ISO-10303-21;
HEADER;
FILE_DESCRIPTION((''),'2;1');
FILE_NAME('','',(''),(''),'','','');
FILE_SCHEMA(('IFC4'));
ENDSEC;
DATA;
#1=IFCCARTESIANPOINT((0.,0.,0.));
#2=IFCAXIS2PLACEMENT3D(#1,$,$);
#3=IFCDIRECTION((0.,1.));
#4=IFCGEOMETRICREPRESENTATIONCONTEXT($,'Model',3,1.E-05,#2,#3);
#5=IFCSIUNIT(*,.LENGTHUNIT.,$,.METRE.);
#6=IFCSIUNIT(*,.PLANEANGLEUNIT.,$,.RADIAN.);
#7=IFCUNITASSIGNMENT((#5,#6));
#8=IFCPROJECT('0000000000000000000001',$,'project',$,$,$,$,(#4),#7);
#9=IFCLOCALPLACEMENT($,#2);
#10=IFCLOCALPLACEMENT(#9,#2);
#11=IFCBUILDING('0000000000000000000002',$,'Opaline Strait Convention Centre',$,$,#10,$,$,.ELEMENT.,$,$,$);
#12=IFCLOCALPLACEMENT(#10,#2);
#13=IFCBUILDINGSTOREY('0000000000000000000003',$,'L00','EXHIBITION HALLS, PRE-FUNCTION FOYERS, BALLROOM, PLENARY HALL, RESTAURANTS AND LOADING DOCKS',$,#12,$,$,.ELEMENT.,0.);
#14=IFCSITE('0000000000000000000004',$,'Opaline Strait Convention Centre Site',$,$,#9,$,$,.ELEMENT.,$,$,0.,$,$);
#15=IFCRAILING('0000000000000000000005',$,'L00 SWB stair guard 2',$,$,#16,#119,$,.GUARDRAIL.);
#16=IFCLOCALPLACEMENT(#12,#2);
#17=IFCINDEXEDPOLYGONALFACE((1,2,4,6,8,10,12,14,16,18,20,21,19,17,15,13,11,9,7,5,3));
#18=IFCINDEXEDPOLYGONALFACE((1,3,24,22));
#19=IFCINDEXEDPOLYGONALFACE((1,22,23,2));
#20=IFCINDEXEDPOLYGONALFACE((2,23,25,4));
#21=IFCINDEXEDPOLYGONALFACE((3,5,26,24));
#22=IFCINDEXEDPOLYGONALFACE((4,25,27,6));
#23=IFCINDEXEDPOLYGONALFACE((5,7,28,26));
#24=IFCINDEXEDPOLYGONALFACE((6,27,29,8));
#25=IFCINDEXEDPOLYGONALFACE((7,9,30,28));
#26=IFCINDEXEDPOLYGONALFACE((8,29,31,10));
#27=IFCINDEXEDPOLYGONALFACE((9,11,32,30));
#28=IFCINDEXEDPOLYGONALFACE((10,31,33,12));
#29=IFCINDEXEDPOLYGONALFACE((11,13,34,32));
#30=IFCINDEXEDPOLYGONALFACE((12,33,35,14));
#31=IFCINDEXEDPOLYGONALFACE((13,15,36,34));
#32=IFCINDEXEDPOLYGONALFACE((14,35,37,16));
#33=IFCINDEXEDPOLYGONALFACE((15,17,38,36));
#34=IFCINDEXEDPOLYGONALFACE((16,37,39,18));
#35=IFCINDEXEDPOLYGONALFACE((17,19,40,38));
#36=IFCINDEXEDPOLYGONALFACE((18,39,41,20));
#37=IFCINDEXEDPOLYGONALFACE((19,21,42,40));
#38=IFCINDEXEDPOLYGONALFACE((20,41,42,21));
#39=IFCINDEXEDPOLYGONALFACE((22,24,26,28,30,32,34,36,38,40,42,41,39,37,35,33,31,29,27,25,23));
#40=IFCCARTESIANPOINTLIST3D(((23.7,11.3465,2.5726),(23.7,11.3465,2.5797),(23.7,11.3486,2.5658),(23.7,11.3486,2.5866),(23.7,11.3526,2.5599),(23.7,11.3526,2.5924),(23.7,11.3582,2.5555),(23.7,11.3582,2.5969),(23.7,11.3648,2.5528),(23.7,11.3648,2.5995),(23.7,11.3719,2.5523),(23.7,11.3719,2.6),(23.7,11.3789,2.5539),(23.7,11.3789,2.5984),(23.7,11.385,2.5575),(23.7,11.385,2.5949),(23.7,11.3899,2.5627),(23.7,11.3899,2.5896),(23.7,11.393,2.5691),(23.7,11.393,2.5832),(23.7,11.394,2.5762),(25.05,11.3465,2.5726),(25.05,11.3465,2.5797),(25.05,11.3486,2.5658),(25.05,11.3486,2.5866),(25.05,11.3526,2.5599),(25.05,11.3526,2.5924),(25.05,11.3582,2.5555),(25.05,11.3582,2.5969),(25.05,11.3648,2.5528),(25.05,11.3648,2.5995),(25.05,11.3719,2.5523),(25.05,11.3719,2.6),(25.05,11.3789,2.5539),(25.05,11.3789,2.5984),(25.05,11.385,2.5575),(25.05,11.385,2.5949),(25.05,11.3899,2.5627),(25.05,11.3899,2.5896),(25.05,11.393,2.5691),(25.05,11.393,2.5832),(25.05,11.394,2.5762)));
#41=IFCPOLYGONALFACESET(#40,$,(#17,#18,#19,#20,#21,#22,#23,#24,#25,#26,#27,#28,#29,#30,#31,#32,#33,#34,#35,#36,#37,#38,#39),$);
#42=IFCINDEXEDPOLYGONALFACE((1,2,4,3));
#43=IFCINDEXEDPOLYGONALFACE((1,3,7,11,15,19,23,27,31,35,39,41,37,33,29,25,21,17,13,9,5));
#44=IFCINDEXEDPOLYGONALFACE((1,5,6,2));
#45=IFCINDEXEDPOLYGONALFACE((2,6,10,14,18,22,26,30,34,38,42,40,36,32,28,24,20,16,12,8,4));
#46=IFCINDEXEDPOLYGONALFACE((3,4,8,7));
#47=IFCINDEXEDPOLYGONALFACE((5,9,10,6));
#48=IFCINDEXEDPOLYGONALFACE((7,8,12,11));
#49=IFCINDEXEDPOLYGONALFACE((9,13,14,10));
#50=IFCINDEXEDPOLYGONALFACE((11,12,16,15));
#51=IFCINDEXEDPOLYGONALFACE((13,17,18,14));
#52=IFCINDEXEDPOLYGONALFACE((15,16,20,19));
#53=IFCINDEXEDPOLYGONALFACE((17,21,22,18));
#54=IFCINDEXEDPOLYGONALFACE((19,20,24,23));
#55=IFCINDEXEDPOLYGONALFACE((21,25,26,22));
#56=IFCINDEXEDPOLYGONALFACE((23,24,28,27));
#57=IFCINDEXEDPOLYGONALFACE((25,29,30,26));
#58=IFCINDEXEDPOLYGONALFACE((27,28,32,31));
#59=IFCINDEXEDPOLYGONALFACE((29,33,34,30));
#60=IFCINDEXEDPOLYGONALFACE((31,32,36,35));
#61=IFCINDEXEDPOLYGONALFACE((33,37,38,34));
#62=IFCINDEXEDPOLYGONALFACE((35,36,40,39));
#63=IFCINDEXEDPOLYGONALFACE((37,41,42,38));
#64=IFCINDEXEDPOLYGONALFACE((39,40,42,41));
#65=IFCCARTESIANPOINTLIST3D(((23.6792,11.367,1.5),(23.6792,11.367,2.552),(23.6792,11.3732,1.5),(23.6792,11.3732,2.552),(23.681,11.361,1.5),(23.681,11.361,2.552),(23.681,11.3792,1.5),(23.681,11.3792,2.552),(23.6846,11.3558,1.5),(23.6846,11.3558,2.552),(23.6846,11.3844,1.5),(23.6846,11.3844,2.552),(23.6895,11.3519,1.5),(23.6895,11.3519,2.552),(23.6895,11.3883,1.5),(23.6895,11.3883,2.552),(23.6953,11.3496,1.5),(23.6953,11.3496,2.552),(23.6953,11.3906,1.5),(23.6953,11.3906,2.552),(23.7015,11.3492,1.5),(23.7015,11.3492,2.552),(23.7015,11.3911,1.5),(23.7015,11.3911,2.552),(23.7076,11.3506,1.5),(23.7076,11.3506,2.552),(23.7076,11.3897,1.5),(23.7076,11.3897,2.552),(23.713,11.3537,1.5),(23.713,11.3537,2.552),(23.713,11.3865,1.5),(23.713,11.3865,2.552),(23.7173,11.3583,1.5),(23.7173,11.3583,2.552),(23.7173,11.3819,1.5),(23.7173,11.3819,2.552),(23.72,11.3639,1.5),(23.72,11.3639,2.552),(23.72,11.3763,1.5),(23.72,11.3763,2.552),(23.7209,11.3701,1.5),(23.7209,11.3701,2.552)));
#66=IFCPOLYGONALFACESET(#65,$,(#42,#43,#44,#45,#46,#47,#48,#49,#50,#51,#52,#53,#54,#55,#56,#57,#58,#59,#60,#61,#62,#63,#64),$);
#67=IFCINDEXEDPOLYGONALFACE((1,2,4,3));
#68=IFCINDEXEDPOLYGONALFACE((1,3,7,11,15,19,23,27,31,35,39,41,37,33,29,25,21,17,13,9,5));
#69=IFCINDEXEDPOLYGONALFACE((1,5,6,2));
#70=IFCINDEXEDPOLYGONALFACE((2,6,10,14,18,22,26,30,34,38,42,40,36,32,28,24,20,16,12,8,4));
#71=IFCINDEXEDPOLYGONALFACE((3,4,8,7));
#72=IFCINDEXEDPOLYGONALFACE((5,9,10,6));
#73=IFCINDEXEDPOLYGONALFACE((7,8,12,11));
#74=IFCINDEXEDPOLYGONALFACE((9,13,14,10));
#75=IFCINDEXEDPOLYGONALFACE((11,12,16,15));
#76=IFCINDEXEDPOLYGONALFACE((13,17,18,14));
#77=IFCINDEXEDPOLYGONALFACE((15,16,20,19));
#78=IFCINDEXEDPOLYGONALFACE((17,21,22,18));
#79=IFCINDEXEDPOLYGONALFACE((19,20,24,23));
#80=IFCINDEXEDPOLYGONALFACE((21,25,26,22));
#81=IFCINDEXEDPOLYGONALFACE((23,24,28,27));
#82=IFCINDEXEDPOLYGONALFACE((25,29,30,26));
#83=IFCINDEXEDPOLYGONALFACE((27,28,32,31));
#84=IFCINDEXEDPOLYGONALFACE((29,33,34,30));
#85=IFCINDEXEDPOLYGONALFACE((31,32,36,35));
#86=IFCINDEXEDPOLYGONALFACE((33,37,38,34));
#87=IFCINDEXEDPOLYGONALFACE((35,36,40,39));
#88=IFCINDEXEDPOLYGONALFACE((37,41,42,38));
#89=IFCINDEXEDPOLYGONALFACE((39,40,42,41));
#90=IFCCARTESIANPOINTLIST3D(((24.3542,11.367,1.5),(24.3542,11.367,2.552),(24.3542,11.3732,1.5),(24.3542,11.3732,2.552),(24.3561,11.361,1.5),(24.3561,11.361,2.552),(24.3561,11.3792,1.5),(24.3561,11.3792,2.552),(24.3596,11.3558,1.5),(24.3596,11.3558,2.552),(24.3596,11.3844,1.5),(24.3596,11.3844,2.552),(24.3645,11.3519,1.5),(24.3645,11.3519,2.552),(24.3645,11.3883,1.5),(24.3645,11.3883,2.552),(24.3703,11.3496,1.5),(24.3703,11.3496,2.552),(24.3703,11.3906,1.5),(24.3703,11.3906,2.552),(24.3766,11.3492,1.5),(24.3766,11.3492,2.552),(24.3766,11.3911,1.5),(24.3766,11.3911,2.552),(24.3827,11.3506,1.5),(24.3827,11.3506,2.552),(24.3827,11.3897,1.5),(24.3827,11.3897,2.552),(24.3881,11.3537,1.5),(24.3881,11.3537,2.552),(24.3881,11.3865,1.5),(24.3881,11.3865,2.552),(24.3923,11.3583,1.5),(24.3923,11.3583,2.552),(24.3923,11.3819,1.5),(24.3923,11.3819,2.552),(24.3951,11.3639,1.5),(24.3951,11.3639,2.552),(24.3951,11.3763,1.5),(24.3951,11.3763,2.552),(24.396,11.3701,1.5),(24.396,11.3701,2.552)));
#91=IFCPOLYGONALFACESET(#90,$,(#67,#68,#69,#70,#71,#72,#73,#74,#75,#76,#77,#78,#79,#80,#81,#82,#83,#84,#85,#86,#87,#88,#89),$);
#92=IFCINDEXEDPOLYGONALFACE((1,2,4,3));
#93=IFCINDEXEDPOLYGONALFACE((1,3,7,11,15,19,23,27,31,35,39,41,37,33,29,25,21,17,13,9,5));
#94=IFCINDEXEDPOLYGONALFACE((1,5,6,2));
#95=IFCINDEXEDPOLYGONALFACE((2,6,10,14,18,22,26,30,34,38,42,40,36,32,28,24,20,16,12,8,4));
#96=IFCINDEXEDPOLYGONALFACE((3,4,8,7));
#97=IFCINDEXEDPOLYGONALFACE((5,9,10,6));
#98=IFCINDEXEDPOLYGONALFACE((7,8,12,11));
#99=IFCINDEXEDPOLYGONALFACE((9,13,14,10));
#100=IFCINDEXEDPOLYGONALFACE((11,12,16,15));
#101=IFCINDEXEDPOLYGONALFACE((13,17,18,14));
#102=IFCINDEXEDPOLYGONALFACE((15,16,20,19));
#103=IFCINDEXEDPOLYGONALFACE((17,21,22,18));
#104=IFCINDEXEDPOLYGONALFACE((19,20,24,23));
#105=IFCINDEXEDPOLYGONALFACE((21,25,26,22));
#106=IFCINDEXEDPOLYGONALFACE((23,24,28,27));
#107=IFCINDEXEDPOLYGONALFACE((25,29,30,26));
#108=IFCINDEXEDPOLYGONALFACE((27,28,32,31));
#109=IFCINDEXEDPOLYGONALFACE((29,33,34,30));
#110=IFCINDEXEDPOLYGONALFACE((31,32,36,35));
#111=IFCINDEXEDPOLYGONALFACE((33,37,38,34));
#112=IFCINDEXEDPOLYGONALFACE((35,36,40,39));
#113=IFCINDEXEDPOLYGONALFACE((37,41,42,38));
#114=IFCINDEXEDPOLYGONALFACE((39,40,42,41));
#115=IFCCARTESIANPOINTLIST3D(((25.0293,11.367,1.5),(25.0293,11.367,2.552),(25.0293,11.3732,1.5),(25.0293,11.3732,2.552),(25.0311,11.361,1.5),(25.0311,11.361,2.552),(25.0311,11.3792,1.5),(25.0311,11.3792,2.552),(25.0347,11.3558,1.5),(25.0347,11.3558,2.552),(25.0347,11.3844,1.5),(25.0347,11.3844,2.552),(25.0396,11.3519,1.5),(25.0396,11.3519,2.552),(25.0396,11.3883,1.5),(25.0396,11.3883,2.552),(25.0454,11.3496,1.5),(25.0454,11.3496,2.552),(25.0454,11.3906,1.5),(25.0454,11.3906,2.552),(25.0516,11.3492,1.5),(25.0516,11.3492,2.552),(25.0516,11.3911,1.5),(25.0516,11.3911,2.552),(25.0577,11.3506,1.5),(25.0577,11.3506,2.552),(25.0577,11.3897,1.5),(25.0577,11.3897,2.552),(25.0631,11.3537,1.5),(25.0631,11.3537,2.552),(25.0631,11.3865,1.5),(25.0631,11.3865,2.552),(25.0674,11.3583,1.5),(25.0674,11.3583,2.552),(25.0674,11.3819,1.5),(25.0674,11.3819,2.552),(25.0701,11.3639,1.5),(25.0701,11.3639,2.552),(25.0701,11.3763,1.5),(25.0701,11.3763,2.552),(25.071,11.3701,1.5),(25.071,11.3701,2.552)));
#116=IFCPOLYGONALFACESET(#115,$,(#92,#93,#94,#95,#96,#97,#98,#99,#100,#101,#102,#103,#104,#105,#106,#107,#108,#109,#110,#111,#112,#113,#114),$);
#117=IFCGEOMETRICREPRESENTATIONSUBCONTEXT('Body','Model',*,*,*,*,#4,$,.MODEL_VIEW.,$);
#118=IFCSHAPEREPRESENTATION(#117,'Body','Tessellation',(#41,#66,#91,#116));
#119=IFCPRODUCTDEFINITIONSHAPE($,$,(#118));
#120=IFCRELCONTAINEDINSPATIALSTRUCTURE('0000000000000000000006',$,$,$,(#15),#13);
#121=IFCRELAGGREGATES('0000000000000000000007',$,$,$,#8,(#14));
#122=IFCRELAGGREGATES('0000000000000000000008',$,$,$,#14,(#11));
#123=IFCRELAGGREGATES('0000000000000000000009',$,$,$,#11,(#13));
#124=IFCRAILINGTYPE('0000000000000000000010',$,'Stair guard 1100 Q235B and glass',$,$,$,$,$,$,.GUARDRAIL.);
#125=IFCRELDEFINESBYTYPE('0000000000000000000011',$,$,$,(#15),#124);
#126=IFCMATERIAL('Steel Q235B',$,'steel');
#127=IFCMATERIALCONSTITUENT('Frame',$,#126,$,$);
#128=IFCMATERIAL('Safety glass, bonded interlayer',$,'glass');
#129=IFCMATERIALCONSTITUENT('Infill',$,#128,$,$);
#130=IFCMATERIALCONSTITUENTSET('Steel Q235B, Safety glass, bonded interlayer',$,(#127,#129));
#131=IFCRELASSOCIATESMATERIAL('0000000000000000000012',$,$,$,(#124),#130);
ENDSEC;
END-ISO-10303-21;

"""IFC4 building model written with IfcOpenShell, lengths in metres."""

from ifc_helpers import new_model, si_unit, direction, frame, origin, origin_2d, place, context, subcontext, project, spatial, circle, extrude, material, constituent, constituent_set, type_object, element, save


model = new_model("IFC4")

# Units and contexts
model_context = context("Model", 3, precision=1e-05, world=origin(), true_north=direction((0.0, 1.0)))
body_context = subcontext(model_context, "Body", "Model", "MODEL_VIEW")
ifc_project = project(units=[si_unit("LENGTHUNIT", "METRE"), si_unit("PLANEANGLEUNIT", "RADIAN")], contexts=[model_context])

# Site, building, storey
site_placement = place(None, origin())
site = spatial("IfcSite", under=ifc_project, at=site_placement, Name="Opaline Strait Convention Centre Site", CompositionType="ELEMENT", RefElevation=0.0)
building_placement = place(site_placement, origin())
building = spatial("IfcBuilding", under=site, at=building_placement, Name="Opaline Strait Convention Centre", CompositionType="ELEMENT")
storey_placement = place(building_placement, origin())
storey = spatial("IfcBuildingStorey", under=building, at=storey_placement, Name="L00", Description="EXHIBITION HALLS, PRE-FUNCTION FOYERS, BALLROOM, PLENARY HALL, RESTAURANTS AND LOADING DOCKS", CompositionType="ELEMENT", Elevation=0.0)

# Railing
ifc_material_1 = material(Name="Steel Q235B", Category="steel")
ifc_constituent_1 = constituent(ifc_material_1, Name="Frame")
ifc_material_2 = material(Name="Safety glass, bonded interlayer", Category="glass")
ifc_constituent_2 = constituent(ifc_material_2, Name="Infill")
ifc_constituent_set = constituent_set(constituents=[ifc_constituent_1, ifc_constituent_2], Name="Steel Q235B, Safety glass, bonded interlayer")
railing_type_1 = type_object("IfcRailingType", Name="Stair guard 1100 Q235B and glass", PredefinedType="GUARDRAIL", material=ifc_constituent_set)
for number, where, name in (
    (1, (23.7, 11.3701, 1.5), "L00 SWB stair guard 2"),
):
    element("IfcRailing", number, at=place(storey_placement, frame(where)), inside=storey, type_object=railing_type_1, Name=name, PredefinedType="GUARDRAIL", context=body_context, shape_type="SweptSolid", body=[
        extrude(circle(Radius=0.0239, at=origin_2d()), frame((0.0, 0.0, 1.0762), z_axis=(1.0, 0.0, 0.0), x_axis=(0.0, 1.0, 0.0)), (0.0, 0.0, 1.0), 1.3501),
        extrude(circle(Radius=0.021, at=origin_2d()), origin(), (0.0, 0.0, 1.0), 1.052),
        extrude(circle(Radius=0.021, at=origin_2d()), frame((0.675, 0.0, 0.0)), (0.0, 0.0, 1.0), 1.052),
        extrude(circle(Radius=0.021, at=origin_2d()), frame((1.3501, 0.0, 0.0)), (0.0, 0.0, 1.0), 1.052),
    ])

save(model, "model.ifc")
